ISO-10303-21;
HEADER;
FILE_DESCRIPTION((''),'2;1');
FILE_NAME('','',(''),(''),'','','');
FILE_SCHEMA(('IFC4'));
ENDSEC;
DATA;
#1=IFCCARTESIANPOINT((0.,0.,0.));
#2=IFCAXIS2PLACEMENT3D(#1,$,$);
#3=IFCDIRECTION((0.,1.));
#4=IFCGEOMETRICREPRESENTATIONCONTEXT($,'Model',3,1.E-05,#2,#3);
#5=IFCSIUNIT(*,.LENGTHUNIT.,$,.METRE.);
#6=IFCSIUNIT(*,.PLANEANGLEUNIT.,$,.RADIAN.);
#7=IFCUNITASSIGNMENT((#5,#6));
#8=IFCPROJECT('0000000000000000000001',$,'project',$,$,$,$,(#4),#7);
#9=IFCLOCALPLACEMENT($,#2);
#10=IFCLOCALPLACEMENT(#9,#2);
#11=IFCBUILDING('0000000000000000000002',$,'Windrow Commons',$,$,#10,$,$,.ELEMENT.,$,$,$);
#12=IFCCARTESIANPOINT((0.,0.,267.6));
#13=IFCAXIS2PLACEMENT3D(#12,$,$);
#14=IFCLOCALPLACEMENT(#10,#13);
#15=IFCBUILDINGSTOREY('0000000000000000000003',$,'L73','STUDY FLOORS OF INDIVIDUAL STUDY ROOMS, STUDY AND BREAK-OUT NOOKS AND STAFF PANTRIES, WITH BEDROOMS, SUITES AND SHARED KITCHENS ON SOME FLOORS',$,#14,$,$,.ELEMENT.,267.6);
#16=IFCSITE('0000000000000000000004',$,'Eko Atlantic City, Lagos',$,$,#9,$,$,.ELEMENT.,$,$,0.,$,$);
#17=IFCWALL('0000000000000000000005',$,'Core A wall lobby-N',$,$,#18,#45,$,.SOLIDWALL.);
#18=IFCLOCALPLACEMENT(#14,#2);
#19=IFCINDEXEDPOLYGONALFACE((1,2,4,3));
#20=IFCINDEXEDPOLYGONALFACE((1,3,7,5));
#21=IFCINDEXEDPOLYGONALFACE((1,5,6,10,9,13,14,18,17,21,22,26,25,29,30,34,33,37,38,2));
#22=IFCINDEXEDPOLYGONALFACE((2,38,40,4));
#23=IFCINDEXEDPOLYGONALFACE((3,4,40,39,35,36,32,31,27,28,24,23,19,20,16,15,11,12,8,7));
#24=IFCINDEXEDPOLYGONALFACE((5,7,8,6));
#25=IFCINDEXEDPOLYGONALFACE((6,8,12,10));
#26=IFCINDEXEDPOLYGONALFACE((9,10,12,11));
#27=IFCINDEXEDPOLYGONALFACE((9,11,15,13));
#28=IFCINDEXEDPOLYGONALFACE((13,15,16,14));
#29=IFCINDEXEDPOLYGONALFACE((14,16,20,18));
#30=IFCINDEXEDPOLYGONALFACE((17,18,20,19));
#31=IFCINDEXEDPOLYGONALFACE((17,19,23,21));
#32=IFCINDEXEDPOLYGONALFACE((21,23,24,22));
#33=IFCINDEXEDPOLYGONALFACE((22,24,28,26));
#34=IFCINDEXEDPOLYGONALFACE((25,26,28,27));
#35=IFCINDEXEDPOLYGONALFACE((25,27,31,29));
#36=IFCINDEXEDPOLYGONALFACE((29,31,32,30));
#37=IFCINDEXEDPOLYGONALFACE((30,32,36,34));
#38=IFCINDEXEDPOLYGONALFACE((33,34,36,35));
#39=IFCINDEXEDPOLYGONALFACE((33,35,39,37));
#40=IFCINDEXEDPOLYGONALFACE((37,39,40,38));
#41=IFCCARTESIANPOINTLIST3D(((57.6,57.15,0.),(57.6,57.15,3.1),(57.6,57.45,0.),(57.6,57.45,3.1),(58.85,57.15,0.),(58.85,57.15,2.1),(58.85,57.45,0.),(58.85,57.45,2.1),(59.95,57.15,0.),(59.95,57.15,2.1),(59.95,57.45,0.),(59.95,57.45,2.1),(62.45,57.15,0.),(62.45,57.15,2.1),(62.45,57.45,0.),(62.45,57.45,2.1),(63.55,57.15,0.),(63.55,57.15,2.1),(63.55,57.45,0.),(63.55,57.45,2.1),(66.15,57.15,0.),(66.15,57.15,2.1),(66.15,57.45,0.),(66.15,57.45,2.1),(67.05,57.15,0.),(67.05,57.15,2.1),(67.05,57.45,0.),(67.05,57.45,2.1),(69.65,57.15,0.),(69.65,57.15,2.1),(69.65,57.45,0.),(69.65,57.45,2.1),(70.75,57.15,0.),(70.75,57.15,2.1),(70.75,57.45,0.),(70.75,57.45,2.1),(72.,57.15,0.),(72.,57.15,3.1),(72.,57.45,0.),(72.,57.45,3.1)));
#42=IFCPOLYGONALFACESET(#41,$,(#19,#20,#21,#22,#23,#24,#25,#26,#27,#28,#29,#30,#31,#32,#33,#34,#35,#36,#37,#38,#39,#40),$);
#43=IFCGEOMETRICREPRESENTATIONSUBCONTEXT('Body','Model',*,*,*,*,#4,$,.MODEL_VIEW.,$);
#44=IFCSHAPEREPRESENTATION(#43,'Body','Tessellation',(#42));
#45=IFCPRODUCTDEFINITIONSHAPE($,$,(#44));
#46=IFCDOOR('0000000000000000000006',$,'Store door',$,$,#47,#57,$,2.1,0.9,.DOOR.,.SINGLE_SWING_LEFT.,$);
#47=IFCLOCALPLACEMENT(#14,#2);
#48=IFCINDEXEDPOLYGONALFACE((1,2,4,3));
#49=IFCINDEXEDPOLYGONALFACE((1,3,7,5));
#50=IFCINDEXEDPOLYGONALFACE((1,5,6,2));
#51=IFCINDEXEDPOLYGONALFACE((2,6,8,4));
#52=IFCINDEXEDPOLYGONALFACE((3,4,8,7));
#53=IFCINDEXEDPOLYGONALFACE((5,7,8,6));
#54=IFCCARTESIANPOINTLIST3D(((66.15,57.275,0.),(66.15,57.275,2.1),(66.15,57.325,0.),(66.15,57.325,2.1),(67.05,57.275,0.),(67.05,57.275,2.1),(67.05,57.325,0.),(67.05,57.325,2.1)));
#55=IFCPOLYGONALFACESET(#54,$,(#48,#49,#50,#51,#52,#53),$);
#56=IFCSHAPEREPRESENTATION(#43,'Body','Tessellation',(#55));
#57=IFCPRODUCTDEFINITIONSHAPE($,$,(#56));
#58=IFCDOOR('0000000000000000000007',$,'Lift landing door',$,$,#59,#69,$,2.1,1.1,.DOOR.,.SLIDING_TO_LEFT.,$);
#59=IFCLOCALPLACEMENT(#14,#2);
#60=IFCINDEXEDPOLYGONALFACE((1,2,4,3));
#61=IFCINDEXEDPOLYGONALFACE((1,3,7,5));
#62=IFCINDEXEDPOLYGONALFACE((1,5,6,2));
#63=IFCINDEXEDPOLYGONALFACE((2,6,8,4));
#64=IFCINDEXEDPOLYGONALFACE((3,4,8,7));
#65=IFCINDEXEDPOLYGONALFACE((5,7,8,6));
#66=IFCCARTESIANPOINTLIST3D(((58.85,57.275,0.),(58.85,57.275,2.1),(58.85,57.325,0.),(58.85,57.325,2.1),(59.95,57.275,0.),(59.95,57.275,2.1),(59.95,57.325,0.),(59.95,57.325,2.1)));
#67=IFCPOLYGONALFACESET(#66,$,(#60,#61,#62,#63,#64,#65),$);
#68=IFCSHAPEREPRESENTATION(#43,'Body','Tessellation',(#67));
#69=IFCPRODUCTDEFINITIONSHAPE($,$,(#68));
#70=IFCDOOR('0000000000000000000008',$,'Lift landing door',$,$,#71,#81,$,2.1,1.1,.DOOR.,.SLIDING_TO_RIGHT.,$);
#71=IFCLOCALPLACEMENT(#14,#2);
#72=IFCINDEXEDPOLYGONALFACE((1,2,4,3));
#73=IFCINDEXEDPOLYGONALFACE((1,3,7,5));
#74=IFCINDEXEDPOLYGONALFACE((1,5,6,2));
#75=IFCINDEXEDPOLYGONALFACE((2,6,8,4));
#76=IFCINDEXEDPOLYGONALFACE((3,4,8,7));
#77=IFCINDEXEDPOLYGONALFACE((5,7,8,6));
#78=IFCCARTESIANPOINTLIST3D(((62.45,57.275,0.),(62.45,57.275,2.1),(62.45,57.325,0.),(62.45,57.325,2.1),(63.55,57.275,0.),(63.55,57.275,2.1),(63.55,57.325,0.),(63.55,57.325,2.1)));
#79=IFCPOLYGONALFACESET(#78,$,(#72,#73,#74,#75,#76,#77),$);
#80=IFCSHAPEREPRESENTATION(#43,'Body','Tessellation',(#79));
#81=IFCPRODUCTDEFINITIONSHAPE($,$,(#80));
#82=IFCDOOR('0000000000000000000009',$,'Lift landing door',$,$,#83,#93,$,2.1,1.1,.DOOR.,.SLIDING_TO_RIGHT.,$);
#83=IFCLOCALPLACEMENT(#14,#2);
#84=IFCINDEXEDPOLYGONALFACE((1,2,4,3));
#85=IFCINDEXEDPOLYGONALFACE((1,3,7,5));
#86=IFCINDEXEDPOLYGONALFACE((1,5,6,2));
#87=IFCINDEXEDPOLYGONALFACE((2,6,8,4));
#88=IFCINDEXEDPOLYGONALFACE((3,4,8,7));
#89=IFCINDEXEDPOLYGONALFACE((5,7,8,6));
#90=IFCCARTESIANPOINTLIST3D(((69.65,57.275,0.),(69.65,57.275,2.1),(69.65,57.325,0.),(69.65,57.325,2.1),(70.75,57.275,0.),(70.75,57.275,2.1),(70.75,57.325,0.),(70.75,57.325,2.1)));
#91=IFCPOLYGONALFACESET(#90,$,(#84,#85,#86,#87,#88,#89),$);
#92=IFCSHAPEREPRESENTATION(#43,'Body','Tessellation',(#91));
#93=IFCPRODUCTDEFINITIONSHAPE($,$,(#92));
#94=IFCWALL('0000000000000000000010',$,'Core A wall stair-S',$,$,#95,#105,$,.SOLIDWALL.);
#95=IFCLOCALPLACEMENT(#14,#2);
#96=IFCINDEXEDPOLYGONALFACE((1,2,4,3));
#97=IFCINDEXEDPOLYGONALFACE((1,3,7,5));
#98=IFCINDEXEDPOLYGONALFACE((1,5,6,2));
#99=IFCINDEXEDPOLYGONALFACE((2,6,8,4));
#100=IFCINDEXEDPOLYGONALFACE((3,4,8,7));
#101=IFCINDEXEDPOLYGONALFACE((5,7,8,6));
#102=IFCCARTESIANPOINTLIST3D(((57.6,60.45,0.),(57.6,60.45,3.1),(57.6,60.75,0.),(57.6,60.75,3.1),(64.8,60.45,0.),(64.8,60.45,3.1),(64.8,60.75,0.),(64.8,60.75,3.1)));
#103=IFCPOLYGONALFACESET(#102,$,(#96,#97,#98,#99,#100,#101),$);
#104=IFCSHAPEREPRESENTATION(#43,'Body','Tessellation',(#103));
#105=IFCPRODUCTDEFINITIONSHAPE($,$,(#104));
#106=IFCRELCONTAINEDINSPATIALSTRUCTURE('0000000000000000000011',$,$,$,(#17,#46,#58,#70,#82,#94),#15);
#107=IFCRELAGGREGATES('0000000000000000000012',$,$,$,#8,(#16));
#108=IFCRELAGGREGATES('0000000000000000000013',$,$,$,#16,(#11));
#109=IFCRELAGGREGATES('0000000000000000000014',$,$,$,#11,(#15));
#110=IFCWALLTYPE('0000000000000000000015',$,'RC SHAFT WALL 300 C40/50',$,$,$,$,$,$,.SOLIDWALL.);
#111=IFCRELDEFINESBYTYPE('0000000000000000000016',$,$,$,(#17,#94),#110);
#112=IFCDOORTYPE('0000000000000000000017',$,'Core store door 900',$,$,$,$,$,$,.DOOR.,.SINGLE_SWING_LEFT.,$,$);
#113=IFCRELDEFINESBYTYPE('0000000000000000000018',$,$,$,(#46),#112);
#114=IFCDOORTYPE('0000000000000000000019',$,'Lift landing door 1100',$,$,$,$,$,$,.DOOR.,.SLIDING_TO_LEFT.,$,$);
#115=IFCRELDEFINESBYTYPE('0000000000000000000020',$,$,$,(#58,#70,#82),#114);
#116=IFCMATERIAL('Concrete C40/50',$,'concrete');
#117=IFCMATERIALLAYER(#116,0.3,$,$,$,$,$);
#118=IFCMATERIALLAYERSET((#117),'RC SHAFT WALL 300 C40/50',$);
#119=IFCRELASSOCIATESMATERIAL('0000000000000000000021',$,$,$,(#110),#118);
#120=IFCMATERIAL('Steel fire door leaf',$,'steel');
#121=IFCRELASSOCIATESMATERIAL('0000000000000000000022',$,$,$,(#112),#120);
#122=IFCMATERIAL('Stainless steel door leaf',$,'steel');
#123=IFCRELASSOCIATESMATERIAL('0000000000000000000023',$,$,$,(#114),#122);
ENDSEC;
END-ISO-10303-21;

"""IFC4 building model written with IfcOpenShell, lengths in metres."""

from ifc_helpers import new_model, si_unit, direction, frame, frame_2d, origin, place, context, subcontext, project, spatial, rectangle, extrude, material, layer, layer_set, type_object, element, fill, save


model = new_model("IFC4")

# Units and contexts
model_context = context("Model", 3, precision=1e-05, world=origin(), true_north=direction((0.0, 1.0)))
body_context = subcontext(model_context, "Body", "Model", "MODEL_VIEW")
ifc_project = project(units=[si_unit("LENGTHUNIT", "METRE"), si_unit("PLANEANGLEUNIT", "RADIAN")], contexts=[model_context])

# Site, building, storey
site_placement = place(None, origin())
site = spatial("IfcSite", under=ifc_project, at=site_placement, Name="Eko Atlantic City, Lagos", CompositionType="ELEMENT", RefElevation=0.0)
building_placement = place(site_placement, origin())
building = spatial("IfcBuilding", under=site, at=building_placement, Name="Windrow Commons", CompositionType="ELEMENT")
storey_placement = place(building_placement, frame((0.0, 0.0, 267.6)))
storey = spatial("IfcBuildingStorey", under=building, at=storey_placement, Name="L73", Description="STUDY FLOORS OF INDIVIDUAL STUDY ROOMS, STUDY AND BREAK-OUT NOOKS AND STAFF PANTRIES, WITH BEDROOMS, SUITES AND SHARED KITCHENS ON SOME FLOORS", CompositionType="ELEMENT", Elevation=267.6)

# Wall, openings, doors
ifc_material_1 = material(Name="Concrete C40/50", Category="concrete")
ifc_layer_1 = layer(ifc_material_1, 0.3)
ifc_layer_set_1 = layer_set([ifc_layer_1], Name="RC SHAFT WALL 300 C40/50")
wall_type_1 = type_object("IfcWallType", Name="RC SHAFT WALL 300 C40/50", PredefinedType="SOLIDWALL", material=ifc_layer_set_1)
ifc_material_2 = material(Name="Steel fire door leaf", Category="steel")
door_type_1 = type_object("IfcDoorType", Name="Core store door 900", OperationType="SINGLE_SWING_LEFT", PredefinedType="DOOR", material=ifc_material_2)
ifc_material_3 = material(Name="Stainless steel door leaf", Category="steel")
door_type_2 = type_object("IfcDoorType", Name="Lift landing door 1100", OperationType="SLIDING_TO_LEFT", PredefinedType="DOOR", material=ifc_material_3)
wall_1_placement = place(storey_placement, frame((57.6, 57.3, 0.0), z_axis=(0.0, 0.0, 1.0), x_axis=(1.0, 0.0, 0.0)))
wall_1 = element("IfcWall", 1, at=wall_1_placement, inside=storey, type_object=wall_type_1, Name="Core A wall lobby-N", PredefinedType="SOLIDWALL", context=body_context, shape_type="SweptSolid", body=[
    extrude(rectangle(XDim=14.4, YDim=0.3, at=frame_2d((7.2, 0.0))), origin(), (0.0, 0.0, 1.0), 3.1),
])
opening_1_placement = place(wall_1_placement, frame((8.55, 0.0, 0.0)))
opening_1 = element("IfcOpeningElement", 2, at=opening_1_placement, cuts=wall_1, PredefinedType="OPENING", context=body_context, shape_type="SweptSolid", body=[
    extrude(rectangle(XDim=0.9, YDim=2.1, at=frame_2d((0.45, 1.05))), frame((0.0, 0.16, 0.0), z_axis=(0.0, -1.0, 0.0), x_axis=(1.0, 0.0, 0.0)), (0.0, 0.0, 1.0), 0.32),
])
opening_2_placement = place(wall_1_placement, frame((1.25, 0.0, 0.0)))
opening_2 = element("IfcOpeningElement", 3, at=opening_2_placement, cuts=wall_1, PredefinedType="OPENING", context=body_context, shape_type="SweptSolid", body=[
    extrude(rectangle(XDim=1.1, YDim=2.1, at=frame_2d((0.55, 1.05))), frame((0.0, 0.16, 0.0), z_axis=(0.0, -1.0, 0.0), x_axis=(1.0, 0.0, 0.0)), (0.0, 0.0, 1.0), 0.32),
])
opening_3_placement = place(wall_1_placement, frame((4.85, 0.0, 0.0)))
opening_3 = element("IfcOpeningElement", 4, at=opening_3_placement, cuts=wall_1, PredefinedType="OPENING", context=body_context, shape_type="SweptSolid", body=[
    extrude(rectangle(XDim=1.1, YDim=2.1, at=frame_2d((0.55, 1.05))), frame((0.0, 0.16, 0.0), z_axis=(0.0, -1.0, 0.0), x_axis=(1.0, 0.0, 0.0)), (0.0, 0.0, 1.0), 0.32),
])
opening_4_placement = place(wall_1_placement, frame((12.05, 0.0, 0.0)))
opening_4 = element("IfcOpeningElement", 5, at=opening_4_placement, cuts=wall_1, PredefinedType="OPENING", context=body_context, shape_type="SweptSolid", body=[
    extrude(rectangle(XDim=1.1, YDim=2.1, at=frame_2d((0.55, 1.05))), frame((0.0, 0.16, 0.0), z_axis=(0.0, -1.0, 0.0), x_axis=(1.0, 0.0, 0.0)), (0.0, 0.0, 1.0), 0.32),
])
door_1_placement = place(opening_1_placement, origin())
door_1 = element("IfcDoor", 6, at=door_1_placement, inside=storey, type_object=door_type_1, Name="Store door", OperationType="SINGLE_SWING_LEFT", OverallHeight=2.1, OverallWidth=0.9, PredefinedType="DOOR", context=body_context, shape_type="SweptSolid", body=[
    extrude(rectangle(XDim=0.9, YDim=2.1, at=frame_2d((0.45, 1.05))), frame((0.0, 0.025, 0.0), z_axis=(0.0, -1.0, 0.0), x_axis=(1.0, 0.0, 0.0)), (0.0, 0.0, 1.0), 0.05),
])
fill(opening_1, door_1)
door_2_placement = place(opening_2_placement, origin())
door_2 = element("IfcDoor", 7, at=door_2_placement, inside=storey, type_object=door_type_2, Name="Lift landing door", OperationType="SLIDING_TO_LEFT", OverallHeight=2.1, OverallWidth=1.1, PredefinedType="DOOR", context=body_context, shape_type="SweptSolid", body=[
    extrude(rectangle(XDim=1.1, YDim=2.1, at=frame_2d((0.55, 1.05))), frame((0.0, 0.025, 0.0), z_axis=(0.0, -1.0, 0.0), x_axis=(1.0, 0.0, 0.0)), (0.0, 0.0, 1.0), 0.05),
])
fill(opening_2, door_2)
door_3_placement = place(opening_3_placement, origin())
door_3 = element("IfcDoor", 8, at=door_3_placement, inside=storey, type_object=door_type_2, Name="Lift landing door", OperationType="SLIDING_TO_RIGHT", OverallHeight=2.1, OverallWidth=1.1, PredefinedType="DOOR", context=body_context, shape_type="SweptSolid", body=[
    extrude(rectangle(XDim=1.1, YDim=2.1, at=frame_2d((0.55, 1.05))), frame((0.0, 0.025, 0.0), z_axis=(0.0, -1.0, 0.0), x_axis=(1.0, 0.0, 0.0)), (0.0, 0.0, 1.0), 0.05),
])
fill(opening_3, door_3)
door_4_placement = place(opening_4_placement, origin())
door_4 = element("IfcDoor", 9, at=door_4_placement, inside=storey, type_object=door_type_2, Name="Lift landing door", OperationType="SLIDING_TO_RIGHT", OverallHeight=2.1, OverallWidth=1.1, PredefinedType="DOOR", context=body_context, shape_type="SweptSolid", body=[
    extrude(rectangle(XDim=1.1, YDim=2.1, at=frame_2d((0.55, 1.05))), frame((0.0, 0.025, 0.0), z_axis=(0.0, -1.0, 0.0), x_axis=(1.0, 0.0, 0.0)), (0.0, 0.0, 1.0), 0.05),
])
fill(opening_4, door_4)

# Wall
wall_2_placement = place(storey_placement, frame((57.6, 60.6, 0.0), z_axis=(0.0, 0.0, 1.0), x_axis=(1.0, 0.0, 0.0)))
element("IfcWall", 10, at=wall_2_placement, inside=storey, type_object=wall_type_1, Name="Core A wall stair-S", PredefinedType="SOLIDWALL", context=body_context, shape_type="SweptSolid", body=[
    extrude(rectangle(XDim=7.2, YDim=0.3, at=frame_2d((3.6, 0.0))), origin(), (0.0, 0.0, 1.0), 3.1),
])

save(model, "model.ifc")
